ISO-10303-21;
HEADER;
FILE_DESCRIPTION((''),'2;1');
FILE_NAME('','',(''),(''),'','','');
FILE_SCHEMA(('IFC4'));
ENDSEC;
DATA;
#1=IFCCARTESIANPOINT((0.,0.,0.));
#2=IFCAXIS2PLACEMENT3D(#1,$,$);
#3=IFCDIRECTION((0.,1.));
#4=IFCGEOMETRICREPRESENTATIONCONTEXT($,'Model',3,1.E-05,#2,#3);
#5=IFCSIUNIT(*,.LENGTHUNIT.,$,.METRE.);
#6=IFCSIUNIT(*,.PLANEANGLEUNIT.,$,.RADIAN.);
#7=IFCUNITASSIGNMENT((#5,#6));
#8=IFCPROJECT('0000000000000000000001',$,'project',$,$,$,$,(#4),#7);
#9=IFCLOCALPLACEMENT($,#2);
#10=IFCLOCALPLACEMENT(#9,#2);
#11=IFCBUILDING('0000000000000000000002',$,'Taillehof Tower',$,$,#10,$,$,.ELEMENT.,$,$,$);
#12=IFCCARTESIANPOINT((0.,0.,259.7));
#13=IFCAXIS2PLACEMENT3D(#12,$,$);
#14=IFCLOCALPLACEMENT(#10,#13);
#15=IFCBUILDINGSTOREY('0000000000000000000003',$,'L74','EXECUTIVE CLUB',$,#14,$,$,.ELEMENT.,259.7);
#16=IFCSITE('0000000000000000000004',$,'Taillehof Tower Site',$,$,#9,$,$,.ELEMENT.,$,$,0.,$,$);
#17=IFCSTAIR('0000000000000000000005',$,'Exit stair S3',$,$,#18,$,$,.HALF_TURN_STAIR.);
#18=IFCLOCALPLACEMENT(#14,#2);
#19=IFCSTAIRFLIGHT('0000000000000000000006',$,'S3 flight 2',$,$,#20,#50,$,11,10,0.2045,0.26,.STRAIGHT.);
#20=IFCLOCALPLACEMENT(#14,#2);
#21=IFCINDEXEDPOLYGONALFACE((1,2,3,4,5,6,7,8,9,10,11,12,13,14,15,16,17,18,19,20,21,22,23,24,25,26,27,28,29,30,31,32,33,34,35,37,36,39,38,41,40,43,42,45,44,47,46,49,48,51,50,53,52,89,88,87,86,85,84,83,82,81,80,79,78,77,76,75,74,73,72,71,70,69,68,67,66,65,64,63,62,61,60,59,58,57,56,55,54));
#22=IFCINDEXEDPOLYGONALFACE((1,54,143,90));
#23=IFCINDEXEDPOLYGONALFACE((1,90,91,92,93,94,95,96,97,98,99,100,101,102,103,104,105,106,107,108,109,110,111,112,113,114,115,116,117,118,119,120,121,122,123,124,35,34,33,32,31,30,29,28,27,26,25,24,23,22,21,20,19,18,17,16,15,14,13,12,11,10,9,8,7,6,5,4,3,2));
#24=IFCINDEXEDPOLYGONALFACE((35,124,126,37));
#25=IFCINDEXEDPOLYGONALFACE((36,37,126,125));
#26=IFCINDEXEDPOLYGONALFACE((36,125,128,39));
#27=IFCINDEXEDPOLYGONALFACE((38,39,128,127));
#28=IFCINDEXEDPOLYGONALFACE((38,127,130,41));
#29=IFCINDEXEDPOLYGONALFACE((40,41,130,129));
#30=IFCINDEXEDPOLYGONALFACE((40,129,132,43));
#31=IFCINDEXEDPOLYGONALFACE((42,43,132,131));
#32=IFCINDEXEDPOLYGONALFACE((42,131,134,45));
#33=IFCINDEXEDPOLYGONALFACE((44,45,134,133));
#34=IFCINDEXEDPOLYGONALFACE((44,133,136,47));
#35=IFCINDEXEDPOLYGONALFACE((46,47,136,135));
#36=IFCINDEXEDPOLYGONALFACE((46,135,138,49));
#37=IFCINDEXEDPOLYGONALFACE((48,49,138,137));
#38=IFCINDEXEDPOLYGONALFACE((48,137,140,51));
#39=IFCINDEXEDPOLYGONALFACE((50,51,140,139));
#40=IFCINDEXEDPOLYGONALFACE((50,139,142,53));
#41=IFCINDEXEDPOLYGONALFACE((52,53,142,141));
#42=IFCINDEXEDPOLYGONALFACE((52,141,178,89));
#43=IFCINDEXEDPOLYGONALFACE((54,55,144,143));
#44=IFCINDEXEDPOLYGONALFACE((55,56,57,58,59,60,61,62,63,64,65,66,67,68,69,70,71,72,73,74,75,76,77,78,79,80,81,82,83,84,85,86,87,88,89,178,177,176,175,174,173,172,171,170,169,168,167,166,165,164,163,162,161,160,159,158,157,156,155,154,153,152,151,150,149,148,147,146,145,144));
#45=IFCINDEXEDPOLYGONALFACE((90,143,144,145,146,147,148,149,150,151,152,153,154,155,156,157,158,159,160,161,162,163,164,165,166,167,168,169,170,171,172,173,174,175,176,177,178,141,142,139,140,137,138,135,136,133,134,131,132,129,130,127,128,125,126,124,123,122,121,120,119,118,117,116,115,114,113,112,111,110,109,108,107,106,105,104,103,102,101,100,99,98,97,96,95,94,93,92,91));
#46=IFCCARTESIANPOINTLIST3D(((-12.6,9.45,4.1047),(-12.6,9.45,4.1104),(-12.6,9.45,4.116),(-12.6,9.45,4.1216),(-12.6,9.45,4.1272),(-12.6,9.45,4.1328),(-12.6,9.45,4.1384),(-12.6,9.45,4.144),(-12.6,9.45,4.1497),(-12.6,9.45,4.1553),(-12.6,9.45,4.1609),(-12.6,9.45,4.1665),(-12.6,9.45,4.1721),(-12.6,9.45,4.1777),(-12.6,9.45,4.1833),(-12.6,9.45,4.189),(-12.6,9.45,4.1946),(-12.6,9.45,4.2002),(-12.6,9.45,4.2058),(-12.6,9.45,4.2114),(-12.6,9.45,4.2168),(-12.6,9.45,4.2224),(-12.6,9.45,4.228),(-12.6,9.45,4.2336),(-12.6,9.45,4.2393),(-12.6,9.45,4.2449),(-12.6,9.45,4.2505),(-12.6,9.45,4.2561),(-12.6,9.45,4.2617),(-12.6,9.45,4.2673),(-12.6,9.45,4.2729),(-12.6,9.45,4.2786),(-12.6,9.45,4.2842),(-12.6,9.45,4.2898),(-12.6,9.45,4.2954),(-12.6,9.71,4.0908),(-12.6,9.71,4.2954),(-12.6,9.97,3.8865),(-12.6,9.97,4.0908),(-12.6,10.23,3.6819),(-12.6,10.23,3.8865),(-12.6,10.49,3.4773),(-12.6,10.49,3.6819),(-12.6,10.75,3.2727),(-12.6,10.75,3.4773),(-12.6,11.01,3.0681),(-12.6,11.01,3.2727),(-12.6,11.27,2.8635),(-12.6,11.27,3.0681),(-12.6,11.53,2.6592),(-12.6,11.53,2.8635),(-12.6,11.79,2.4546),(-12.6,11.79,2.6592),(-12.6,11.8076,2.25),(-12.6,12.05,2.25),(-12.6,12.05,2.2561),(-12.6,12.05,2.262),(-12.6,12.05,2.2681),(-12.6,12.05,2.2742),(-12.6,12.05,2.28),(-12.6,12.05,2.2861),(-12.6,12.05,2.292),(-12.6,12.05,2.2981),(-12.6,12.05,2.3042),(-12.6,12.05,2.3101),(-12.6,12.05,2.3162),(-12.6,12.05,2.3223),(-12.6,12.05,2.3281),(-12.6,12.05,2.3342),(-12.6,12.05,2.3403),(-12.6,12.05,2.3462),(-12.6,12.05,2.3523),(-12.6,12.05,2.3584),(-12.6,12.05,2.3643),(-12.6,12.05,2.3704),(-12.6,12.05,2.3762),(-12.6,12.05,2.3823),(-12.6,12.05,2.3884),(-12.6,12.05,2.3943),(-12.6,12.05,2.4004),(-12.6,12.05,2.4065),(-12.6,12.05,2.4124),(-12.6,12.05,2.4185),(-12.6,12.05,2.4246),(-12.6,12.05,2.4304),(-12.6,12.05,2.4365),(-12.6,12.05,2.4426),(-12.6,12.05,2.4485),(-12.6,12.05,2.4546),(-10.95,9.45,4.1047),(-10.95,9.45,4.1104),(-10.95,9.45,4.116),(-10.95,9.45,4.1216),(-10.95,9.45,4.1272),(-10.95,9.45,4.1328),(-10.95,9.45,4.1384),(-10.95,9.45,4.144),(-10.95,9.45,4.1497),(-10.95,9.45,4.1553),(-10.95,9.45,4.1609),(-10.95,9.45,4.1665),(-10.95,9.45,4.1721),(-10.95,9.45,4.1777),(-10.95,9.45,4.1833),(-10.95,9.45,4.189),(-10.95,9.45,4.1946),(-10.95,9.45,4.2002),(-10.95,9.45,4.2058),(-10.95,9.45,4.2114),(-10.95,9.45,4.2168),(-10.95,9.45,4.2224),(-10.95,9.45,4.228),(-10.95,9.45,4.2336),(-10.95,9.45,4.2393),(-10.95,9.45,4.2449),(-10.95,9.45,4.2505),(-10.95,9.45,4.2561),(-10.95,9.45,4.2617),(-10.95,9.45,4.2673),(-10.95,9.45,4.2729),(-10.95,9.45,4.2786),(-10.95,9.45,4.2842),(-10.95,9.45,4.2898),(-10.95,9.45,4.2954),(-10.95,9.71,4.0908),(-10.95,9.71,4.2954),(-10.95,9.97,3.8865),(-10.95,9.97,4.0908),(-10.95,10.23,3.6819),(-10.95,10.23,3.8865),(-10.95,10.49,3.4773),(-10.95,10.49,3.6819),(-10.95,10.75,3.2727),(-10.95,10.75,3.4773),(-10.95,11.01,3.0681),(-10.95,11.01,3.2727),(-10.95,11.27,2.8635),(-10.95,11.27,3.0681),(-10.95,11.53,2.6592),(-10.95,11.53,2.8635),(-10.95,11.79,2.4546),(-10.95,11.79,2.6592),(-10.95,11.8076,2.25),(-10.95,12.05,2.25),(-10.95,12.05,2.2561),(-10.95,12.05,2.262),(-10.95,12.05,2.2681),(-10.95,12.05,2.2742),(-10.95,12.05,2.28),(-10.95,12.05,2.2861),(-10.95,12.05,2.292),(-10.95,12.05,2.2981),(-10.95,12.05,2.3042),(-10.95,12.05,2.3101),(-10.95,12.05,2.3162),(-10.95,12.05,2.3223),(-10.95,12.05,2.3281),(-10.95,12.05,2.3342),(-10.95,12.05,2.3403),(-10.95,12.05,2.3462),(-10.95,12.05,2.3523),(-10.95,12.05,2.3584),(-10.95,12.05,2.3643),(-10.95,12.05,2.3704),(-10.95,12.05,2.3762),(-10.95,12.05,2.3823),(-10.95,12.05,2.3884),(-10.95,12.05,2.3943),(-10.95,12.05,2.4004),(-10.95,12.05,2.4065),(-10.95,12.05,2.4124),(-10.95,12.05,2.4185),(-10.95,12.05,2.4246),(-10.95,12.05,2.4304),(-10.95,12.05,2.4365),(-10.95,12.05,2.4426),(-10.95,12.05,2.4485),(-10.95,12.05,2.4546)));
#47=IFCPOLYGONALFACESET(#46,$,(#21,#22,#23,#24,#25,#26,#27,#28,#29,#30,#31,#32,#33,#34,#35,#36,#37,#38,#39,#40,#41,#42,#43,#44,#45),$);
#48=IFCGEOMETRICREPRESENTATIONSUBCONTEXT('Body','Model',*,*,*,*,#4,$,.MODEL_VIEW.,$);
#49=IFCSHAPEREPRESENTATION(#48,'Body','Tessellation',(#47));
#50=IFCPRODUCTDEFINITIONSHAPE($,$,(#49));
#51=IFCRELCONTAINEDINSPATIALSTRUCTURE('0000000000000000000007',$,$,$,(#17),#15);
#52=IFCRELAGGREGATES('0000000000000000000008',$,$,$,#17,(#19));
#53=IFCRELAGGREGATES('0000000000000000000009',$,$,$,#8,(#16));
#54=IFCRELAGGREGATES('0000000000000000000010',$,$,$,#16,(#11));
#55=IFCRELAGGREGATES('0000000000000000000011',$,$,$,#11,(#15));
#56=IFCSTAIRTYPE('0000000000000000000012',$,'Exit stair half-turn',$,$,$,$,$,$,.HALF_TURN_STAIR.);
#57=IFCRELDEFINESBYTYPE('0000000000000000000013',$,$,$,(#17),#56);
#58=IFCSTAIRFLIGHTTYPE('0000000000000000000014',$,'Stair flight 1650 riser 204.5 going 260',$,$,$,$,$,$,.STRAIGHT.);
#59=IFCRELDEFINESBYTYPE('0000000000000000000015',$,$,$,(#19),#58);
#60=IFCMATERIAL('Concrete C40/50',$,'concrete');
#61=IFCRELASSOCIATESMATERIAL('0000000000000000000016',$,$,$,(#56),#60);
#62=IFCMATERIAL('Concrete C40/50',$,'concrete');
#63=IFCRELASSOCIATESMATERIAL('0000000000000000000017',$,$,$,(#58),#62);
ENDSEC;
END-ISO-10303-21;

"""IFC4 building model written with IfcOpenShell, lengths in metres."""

from ifc_helpers import new_model, si_unit, direction, frame, origin, place, context, subcontext, project, spatial, polyline, outline, extrude, material, type_object, element, aggregate, save


model = new_model("IFC4")

# Units and contexts
model_context = context("Model", 3, precision=1e-05, world=origin(), true_north=direction((0.0, 1.0)))
body_context = subcontext(model_context, "Body", "Model", "MODEL_VIEW")
ifc_project = project(units=[si_unit("LENGTHUNIT", "METRE"), si_unit("PLANEANGLEUNIT", "RADIAN")], contexts=[model_context])

# Site, building, storey
site_placement = place(None, origin())
site = spatial("IfcSite", under=ifc_project, at=site_placement, Name="Taillehof Tower Site", CompositionType="ELEMENT", RefElevation=0.0)
building_placement = place(site_placement, origin())
building = spatial("IfcBuilding", under=site, at=building_placement, Name="Taillehof Tower", CompositionType="ELEMENT")
storey_placement = place(building_placement, frame((0.0, 0.0, 259.7)))
storey = spatial("IfcBuildingStorey", under=building, at=storey_placement, Name="L74", Description="EXECUTIVE CLUB", CompositionType="ELEMENT", Elevation=259.7)

# Stair, stair flight
ifc_material_1 = material(Name="Concrete C40/50", Category="concrete")
stair_type = type_object("IfcStairType", Name="Exit stair half-turn", PredefinedType="HALF_TURN_STAIR", material=ifc_material_1)
stair_placement = place(storey_placement, origin())
stair = element("IfcStair", 1, at=stair_placement, inside=storey, type_object=stair_type, Name="Exit stair S3", PredefinedType="HALF_TURN_STAIR")
ifc_material_2 = material(Name="Concrete C40/50", Category="concrete")
stair_flight_type = type_object("IfcStairFlightType", Name="Stair flight 1650 riser 204.5 going 260", PredefinedType="STRAIGHT", material=ifc_material_2)
stair_flight_1_placement = place(storey_placement, frame((-11.7749, 12.05, 2.25), z_axis=(0.0, 0.0, 1.0), x_axis=(0.0, -1.0, 0.0)))
stair_flight_1 = element("IfcStairFlight", 2, at=stair_flight_1_placement, type_object=stair_flight_type, Name="S3 flight 2", NumberOfRisers=11, NumberOfTreads=10, PredefinedType="STRAIGHT", RiserHeight=0.2045, TreadLength=0.26, context=body_context, shape_type="SweptSolid", body=[
    extrude(outline(polyline([(0.0, 0.0), (0.0, 0.0061), (0.0, 0.012), (0.0, 0.0181), (0.0, 0.0242), (0.0, 0.03), (0.0, 0.0361), (0.0, 0.042), (0.0, 0.0481), (0.0, 0.0542), (0.0, 0.0601), (0.0, 0.0662), (0.0, 0.0723), (0.0, 0.0781), (0.0, 0.0842), (0.0, 0.0903), (0.0, 0.0962), (0.0, 0.1023), (0.0, 0.1084), (0.0, 0.1143), (0.0, 0.1204), (0.0, 0.1262), (0.0, 0.1323), (0.0, 0.1384), (0.0, 0.1443), (0.0, 0.1504), (0.0, 0.1565), (0.0, 0.1624), (0.0, 0.1685), (0.0, 0.1746), (0.0, 0.1804), (0.0, 0.1865), (0.0, 0.1926), (0.0, 0.1985), (0.0, 0.2046), (0.26, 0.2046), (0.26, 0.4092), (0.52, 0.4092), (0.52, 0.6135), (0.78, 0.6135), (0.78, 0.8181), (1.04, 0.8181), (1.04, 1.0227), (1.3, 1.0227), (1.3, 1.2273), (1.5601, 1.2273), (1.5601, 1.4319), (1.8201, 1.4319), (1.8201, 1.6365), (2.0801, 1.6365), (2.0801, 1.8408), (2.3401, 1.8408), (2.3401, 2.0454), (2.6001, 2.0454), (2.6001, 2.0398), (2.6001, 2.0342), (2.6001, 2.0286), (2.6001, 2.0229), (2.6001, 2.0173), (2.6001, 2.0117), (2.6001, 2.0061), (2.6001, 2.0005), (2.6001, 1.9949), (2.6001, 1.9893), (2.6001, 1.9836), (2.6001, 1.978), (2.6001, 1.9724), (2.6001, 1.9668), (2.6001, 1.9614), (2.6001, 1.9558), (2.6001, 1.9502), (2.6001, 1.9446), (2.6001, 1.939), (2.6001, 1.9333), (2.6001, 1.9277), (2.6001, 1.9221), (2.6001, 1.9165), (2.6001, 1.9109), (2.6001, 1.9053), (2.6001, 1.8997), (2.6001, 1.894), (2.6001, 1.8884), (2.6001, 1.8828), (2.6001, 1.8772), (2.6001, 1.8716), (2.6001, 1.866), (2.6001, 1.8604), (2.6001, 1.8547), (0.2424, 0.0), (0.0, 0.0)])), frame((0.0, 0.825, 0.0), z_axis=(0.0, -1.0, 0.0), x_axis=(1.0, 0.0, 0.0)), (0.0, 0.0, 1.0), 1.65),
])
aggregate(stair, [stair_flight_1])

save(model, "model.ifc")
